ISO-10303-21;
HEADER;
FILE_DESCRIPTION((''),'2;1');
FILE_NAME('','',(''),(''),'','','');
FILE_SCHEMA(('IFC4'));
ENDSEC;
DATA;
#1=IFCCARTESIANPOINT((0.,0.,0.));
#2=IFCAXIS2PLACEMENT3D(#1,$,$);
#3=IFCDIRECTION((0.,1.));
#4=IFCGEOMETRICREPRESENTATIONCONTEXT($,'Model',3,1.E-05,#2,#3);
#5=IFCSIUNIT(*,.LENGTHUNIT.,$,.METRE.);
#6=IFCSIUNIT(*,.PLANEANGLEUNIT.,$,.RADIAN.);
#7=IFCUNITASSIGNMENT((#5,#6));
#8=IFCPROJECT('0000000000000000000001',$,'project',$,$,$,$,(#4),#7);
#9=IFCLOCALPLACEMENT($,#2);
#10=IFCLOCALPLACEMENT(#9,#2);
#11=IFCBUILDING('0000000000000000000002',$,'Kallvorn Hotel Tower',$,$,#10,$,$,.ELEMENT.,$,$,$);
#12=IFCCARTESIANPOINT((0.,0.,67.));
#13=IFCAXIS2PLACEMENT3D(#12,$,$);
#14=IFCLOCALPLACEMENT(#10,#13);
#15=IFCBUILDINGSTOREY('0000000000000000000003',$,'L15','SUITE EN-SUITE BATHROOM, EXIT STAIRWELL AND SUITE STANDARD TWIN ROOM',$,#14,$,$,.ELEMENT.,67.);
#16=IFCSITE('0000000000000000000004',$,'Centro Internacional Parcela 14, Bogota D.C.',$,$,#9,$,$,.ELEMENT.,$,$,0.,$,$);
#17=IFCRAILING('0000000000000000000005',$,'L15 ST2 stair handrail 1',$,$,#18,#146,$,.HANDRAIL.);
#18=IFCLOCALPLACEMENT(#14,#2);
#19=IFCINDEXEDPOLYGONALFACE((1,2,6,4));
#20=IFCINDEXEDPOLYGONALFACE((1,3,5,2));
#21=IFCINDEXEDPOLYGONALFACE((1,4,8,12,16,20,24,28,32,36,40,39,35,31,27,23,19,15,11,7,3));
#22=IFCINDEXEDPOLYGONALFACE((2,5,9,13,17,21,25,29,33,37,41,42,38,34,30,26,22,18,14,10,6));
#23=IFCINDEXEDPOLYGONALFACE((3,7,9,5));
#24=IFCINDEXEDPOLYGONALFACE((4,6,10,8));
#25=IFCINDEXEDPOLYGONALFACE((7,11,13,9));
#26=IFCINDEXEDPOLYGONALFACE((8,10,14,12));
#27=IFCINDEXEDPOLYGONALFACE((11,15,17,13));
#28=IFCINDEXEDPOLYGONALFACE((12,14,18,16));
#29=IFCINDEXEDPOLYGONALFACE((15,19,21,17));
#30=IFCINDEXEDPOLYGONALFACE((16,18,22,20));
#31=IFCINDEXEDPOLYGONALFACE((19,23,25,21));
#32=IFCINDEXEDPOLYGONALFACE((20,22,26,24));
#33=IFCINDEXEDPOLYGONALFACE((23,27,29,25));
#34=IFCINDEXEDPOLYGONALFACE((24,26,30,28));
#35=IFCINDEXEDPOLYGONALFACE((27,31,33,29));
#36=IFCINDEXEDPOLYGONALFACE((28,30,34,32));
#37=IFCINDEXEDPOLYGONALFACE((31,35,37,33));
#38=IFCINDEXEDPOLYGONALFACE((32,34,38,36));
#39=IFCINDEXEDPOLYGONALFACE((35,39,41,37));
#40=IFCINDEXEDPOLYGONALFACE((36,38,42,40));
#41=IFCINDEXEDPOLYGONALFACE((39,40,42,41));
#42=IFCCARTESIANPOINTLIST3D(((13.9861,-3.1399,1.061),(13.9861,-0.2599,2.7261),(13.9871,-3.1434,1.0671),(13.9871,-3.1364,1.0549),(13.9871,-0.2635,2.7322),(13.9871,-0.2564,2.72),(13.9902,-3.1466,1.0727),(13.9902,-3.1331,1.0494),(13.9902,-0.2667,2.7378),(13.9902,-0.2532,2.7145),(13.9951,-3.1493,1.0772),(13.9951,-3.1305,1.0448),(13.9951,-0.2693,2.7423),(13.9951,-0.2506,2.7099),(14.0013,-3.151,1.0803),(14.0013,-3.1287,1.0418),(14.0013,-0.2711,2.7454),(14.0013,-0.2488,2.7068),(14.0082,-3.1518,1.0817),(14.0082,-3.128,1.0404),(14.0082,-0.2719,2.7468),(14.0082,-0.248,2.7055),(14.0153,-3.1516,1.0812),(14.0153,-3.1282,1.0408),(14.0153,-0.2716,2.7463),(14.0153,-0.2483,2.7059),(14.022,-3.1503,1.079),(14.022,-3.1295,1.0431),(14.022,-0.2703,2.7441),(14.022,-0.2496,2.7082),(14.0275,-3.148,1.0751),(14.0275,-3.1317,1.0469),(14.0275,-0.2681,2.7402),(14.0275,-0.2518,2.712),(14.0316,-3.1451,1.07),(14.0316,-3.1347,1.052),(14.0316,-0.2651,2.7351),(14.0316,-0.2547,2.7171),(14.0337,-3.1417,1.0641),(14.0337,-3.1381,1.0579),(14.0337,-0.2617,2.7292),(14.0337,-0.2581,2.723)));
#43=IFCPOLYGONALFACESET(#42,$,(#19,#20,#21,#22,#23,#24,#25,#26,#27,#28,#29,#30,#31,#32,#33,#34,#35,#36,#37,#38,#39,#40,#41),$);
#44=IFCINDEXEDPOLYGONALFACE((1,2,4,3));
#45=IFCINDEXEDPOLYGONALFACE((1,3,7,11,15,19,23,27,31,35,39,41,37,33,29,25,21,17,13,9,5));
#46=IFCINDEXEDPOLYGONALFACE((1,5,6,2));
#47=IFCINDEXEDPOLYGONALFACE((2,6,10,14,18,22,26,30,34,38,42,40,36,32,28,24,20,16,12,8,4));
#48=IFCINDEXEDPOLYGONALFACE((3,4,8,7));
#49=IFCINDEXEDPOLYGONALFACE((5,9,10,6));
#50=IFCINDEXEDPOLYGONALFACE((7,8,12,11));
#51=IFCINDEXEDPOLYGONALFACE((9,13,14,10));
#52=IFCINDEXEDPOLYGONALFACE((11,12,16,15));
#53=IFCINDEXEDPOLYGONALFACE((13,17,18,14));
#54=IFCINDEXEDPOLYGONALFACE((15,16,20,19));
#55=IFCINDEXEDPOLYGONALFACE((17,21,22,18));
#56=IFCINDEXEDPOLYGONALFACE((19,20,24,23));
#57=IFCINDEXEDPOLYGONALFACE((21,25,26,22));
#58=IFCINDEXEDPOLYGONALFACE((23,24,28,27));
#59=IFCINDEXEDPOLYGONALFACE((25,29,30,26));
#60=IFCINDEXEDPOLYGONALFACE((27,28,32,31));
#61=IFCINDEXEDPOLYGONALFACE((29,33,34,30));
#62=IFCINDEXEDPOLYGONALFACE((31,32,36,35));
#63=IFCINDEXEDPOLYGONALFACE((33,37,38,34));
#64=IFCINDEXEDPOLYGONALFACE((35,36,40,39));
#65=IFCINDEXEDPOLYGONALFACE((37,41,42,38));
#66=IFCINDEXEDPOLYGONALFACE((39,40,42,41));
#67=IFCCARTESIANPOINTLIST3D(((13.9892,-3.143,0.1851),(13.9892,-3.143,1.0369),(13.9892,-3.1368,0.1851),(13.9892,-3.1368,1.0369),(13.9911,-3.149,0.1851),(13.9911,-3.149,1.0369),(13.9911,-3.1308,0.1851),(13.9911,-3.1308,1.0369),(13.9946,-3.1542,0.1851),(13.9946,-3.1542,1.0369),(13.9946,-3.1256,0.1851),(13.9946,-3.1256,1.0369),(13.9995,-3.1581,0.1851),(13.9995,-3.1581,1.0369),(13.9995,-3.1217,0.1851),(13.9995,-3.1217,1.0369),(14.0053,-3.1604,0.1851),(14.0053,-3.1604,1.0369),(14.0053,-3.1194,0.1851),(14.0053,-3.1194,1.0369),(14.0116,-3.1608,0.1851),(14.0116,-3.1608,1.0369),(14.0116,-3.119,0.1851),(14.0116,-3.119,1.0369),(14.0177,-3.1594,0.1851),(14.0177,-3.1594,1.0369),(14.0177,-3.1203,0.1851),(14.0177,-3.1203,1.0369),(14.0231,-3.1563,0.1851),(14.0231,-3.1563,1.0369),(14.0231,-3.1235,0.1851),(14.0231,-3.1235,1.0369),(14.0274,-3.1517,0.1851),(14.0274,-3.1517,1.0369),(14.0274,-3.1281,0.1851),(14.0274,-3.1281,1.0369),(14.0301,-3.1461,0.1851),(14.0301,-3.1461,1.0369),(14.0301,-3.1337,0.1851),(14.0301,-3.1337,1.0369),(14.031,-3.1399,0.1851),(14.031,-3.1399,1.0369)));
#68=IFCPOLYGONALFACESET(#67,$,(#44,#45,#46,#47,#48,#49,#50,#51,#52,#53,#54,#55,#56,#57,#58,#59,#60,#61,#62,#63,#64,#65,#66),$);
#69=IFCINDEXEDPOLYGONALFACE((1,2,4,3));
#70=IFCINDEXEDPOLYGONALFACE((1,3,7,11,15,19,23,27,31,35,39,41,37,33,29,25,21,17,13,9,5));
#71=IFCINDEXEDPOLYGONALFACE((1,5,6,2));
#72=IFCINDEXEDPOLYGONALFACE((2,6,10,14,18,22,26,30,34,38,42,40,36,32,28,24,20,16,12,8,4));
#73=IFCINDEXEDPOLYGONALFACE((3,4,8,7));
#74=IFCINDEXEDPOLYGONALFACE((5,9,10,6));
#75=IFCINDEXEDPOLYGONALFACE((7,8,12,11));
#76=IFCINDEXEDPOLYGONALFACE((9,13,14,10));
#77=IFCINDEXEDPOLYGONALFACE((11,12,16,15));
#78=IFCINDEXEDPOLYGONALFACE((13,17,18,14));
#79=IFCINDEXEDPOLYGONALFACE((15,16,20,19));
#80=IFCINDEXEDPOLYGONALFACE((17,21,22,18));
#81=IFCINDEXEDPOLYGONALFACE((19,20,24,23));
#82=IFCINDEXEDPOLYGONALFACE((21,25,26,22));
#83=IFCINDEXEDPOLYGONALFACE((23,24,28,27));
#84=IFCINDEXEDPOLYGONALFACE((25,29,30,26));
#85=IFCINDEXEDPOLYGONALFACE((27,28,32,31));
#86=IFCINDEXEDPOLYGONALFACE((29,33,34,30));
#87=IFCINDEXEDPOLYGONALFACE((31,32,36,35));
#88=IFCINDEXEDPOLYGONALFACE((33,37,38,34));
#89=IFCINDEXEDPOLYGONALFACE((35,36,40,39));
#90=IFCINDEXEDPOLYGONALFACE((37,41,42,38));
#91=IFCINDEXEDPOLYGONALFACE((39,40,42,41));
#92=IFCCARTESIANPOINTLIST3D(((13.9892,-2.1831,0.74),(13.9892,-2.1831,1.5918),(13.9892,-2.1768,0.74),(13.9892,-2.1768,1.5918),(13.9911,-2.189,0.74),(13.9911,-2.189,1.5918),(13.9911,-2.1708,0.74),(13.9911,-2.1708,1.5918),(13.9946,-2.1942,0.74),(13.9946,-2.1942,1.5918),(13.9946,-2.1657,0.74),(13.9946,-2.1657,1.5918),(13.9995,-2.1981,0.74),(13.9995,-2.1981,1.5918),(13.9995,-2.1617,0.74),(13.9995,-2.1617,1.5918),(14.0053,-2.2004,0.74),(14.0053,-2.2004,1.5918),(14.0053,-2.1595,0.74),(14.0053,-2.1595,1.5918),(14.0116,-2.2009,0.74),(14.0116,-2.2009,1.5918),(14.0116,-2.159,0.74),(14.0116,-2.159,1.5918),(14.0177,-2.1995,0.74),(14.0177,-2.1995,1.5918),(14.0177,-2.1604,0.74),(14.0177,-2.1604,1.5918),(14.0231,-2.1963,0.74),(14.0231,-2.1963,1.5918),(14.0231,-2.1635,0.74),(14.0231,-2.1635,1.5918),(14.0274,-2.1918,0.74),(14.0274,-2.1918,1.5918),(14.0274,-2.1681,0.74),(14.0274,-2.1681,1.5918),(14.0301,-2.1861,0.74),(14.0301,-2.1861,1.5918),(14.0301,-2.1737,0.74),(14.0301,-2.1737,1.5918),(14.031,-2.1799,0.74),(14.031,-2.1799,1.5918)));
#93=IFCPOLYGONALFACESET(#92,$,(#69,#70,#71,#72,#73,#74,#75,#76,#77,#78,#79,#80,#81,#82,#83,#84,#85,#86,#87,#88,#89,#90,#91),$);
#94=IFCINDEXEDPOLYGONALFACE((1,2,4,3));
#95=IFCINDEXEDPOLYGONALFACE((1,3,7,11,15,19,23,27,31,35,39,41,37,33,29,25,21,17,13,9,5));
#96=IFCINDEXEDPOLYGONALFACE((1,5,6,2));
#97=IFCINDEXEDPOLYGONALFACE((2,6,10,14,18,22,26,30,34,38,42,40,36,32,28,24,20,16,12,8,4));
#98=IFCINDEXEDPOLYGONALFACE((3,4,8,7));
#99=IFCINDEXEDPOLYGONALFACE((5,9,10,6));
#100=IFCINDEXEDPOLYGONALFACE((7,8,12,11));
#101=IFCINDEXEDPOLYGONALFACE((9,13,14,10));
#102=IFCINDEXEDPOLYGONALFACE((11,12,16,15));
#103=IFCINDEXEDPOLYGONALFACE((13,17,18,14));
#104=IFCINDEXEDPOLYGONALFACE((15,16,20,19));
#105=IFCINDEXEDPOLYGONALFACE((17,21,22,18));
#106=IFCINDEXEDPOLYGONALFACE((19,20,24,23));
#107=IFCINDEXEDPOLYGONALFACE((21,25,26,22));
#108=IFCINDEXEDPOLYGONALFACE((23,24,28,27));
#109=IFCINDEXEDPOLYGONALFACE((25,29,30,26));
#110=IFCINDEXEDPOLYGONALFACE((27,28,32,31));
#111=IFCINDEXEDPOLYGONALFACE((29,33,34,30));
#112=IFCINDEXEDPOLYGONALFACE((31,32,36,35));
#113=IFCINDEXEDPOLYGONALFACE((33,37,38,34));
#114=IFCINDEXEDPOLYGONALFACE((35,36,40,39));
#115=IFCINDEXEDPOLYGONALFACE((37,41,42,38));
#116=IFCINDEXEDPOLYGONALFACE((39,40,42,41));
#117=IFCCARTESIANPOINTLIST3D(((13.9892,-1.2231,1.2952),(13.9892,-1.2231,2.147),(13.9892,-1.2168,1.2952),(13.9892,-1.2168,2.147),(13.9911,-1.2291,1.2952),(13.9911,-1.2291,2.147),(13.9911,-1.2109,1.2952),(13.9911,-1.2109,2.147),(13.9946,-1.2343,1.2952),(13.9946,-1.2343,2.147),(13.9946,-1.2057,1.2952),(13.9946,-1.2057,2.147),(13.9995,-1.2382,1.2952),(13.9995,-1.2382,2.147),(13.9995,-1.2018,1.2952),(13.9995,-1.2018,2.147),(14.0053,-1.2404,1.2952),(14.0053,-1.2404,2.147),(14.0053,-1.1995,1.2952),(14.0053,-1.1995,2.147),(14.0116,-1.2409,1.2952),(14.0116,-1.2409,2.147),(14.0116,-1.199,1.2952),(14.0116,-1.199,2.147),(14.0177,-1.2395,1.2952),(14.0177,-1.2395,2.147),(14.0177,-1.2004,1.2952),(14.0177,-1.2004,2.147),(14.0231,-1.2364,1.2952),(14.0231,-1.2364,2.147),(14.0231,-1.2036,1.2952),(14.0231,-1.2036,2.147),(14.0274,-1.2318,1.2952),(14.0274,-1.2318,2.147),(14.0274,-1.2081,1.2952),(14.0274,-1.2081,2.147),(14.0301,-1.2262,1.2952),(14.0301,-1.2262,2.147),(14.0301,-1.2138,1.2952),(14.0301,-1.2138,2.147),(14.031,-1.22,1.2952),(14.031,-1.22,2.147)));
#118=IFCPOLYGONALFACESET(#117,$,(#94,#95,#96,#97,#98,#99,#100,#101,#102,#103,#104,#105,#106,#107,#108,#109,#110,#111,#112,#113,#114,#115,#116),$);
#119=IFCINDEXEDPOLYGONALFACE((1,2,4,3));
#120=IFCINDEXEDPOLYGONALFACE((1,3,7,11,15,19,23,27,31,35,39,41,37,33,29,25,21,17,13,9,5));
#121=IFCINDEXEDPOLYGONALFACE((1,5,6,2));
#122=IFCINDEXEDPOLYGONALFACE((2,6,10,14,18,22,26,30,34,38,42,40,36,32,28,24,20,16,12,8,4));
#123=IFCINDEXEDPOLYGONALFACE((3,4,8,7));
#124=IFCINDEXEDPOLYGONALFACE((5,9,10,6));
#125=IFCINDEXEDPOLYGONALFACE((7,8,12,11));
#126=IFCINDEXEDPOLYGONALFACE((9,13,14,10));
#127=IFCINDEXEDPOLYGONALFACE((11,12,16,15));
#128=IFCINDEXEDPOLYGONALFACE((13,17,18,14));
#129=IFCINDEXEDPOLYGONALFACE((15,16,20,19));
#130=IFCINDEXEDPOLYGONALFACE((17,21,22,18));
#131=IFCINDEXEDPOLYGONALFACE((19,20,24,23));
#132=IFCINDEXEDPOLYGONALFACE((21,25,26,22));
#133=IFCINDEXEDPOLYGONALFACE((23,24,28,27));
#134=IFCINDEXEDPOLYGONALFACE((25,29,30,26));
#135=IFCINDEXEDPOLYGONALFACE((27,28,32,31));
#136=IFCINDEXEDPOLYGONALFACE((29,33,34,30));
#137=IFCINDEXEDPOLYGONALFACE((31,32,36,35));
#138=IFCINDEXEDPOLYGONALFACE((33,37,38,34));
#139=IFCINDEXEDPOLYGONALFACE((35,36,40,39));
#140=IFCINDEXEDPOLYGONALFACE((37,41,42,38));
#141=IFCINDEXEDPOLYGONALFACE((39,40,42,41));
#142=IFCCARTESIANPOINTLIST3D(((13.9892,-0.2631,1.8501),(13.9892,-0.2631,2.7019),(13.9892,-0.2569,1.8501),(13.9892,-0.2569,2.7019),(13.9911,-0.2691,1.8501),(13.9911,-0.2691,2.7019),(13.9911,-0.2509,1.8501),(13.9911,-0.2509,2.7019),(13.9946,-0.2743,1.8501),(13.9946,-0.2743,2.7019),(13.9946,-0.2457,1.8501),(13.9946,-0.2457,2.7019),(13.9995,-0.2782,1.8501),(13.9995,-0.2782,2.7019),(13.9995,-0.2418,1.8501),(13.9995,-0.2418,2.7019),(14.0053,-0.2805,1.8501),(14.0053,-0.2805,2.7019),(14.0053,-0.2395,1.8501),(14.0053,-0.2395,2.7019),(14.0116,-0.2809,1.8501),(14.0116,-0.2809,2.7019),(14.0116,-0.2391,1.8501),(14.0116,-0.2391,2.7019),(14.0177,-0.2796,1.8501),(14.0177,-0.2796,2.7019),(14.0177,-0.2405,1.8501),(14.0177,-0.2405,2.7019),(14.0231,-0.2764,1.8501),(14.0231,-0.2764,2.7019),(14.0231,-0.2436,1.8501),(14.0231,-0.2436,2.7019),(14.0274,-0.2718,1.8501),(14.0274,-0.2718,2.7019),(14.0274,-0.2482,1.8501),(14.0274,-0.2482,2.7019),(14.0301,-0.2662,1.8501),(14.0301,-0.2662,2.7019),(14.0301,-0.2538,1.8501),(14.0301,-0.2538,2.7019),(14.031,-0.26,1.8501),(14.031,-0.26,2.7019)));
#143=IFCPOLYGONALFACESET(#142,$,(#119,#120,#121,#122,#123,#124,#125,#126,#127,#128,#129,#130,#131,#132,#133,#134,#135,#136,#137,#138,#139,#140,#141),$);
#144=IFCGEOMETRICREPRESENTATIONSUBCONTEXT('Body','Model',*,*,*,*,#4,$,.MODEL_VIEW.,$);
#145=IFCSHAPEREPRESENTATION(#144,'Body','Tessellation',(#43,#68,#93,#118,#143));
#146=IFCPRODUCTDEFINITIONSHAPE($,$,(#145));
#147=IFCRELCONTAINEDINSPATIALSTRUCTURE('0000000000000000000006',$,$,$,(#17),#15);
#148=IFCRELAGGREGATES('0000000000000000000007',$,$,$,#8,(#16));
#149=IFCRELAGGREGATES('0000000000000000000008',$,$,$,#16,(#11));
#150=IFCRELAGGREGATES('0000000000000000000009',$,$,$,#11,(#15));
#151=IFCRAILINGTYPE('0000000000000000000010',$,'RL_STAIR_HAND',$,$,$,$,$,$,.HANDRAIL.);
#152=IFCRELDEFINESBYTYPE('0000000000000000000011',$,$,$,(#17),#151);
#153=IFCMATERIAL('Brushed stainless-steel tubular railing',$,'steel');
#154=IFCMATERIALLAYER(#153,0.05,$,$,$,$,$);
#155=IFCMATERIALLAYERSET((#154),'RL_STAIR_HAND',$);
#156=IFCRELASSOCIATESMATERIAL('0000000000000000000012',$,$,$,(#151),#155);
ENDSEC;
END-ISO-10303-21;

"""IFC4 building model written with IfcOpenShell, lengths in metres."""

from ifc_helpers import new_model, si_unit, direction, frame, origin, origin_2d, place, context, subcontext, project, spatial, circle, extrude, material, layer, layer_set, type_object, element, save


model = new_model("IFC4")

# Units and contexts
model_context = context("Model", 3, precision=1e-05, world=origin(), true_north=direction((0.0, 1.0)))
body_context = subcontext(model_context, "Body", "Model", "MODEL_VIEW")
ifc_project = project(units=[si_unit("LENGTHUNIT", "METRE"), si_unit("PLANEANGLEUNIT", "RADIAN")], contexts=[model_context])

# Site, building, storey
site_placement = place(None, origin())
site = spatial("IfcSite", under=ifc_project, at=site_placement, Name="Centro Internacional Parcela 14, Bogota D.C.", CompositionType="ELEMENT", RefElevation=0.0)
building_placement = place(site_placement, origin())
building = spatial("IfcBuilding", under=site, at=building_placement, Name="Kallvorn Hotel Tower", CompositionType="ELEMENT")
storey_placement = place(building_placement, frame((0.0, 0.0, 67.0)))
storey = spatial("IfcBuildingStorey", under=building, at=storey_placement, Name="L15", Description="SUITE EN-SUITE BATHROOM, EXIT STAIRWELL AND SUITE STANDARD TWIN ROOM", CompositionType="ELEMENT", Elevation=67.0)

# Railing
ifc_material_1 = material(Name="Brushed stainless-steel tubular railing", Category="steel")
ifc_layer_1 = layer(ifc_material_1, 0.05)
ifc_layer_set_1 = layer_set([ifc_layer_1], Name="RL_STAIR_HAND")
railing_type_1 = type_object("IfcRailingType", Name="RL_STAIR_HAND", PredefinedType="HANDRAIL", material=ifc_layer_set_1)
railing_1_placement = place(storey_placement, frame((14.01, -3.1399, 0.1851)))
element("IfcRailing", 1, at=railing_1_placement, inside=storey, type_object=railing_type_1, Name="L15 ST2 stair handrail 1", PredefinedType="HANDRAIL", context=body_context, shape_type="SweptSolid", body=[
    extrude(circle(Radius=0.0239, at=origin_2d()), frame((0.0, 0.0, 0.876), z_axis=(0.0, 0.865721, 0.500527), x_axis=(-1.0, 0.0, 0.0)), (0.0, 0.0, 1.0), 3.3267),
    extrude(circle(Radius=0.021, at=origin_2d()), origin(), (0.0, 0.0, 1.0), 0.8518),
    extrude(circle(Radius=0.021, at=origin_2d()), frame((0.0, 0.96, 0.5549)), (0.0, 0.0, 1.0), 0.8518),
    extrude(circle(Radius=0.021, at=origin_2d()), frame((0.0, 1.9199, 1.1101)), (0.0, 0.0, 1.0), 0.8518),
    extrude(circle(Radius=0.021, at=origin_2d()), frame((0.0, 2.8799, 1.665)), (0.0, 0.0, 1.0), 0.8518),
])

save(model, "model.ifc")
